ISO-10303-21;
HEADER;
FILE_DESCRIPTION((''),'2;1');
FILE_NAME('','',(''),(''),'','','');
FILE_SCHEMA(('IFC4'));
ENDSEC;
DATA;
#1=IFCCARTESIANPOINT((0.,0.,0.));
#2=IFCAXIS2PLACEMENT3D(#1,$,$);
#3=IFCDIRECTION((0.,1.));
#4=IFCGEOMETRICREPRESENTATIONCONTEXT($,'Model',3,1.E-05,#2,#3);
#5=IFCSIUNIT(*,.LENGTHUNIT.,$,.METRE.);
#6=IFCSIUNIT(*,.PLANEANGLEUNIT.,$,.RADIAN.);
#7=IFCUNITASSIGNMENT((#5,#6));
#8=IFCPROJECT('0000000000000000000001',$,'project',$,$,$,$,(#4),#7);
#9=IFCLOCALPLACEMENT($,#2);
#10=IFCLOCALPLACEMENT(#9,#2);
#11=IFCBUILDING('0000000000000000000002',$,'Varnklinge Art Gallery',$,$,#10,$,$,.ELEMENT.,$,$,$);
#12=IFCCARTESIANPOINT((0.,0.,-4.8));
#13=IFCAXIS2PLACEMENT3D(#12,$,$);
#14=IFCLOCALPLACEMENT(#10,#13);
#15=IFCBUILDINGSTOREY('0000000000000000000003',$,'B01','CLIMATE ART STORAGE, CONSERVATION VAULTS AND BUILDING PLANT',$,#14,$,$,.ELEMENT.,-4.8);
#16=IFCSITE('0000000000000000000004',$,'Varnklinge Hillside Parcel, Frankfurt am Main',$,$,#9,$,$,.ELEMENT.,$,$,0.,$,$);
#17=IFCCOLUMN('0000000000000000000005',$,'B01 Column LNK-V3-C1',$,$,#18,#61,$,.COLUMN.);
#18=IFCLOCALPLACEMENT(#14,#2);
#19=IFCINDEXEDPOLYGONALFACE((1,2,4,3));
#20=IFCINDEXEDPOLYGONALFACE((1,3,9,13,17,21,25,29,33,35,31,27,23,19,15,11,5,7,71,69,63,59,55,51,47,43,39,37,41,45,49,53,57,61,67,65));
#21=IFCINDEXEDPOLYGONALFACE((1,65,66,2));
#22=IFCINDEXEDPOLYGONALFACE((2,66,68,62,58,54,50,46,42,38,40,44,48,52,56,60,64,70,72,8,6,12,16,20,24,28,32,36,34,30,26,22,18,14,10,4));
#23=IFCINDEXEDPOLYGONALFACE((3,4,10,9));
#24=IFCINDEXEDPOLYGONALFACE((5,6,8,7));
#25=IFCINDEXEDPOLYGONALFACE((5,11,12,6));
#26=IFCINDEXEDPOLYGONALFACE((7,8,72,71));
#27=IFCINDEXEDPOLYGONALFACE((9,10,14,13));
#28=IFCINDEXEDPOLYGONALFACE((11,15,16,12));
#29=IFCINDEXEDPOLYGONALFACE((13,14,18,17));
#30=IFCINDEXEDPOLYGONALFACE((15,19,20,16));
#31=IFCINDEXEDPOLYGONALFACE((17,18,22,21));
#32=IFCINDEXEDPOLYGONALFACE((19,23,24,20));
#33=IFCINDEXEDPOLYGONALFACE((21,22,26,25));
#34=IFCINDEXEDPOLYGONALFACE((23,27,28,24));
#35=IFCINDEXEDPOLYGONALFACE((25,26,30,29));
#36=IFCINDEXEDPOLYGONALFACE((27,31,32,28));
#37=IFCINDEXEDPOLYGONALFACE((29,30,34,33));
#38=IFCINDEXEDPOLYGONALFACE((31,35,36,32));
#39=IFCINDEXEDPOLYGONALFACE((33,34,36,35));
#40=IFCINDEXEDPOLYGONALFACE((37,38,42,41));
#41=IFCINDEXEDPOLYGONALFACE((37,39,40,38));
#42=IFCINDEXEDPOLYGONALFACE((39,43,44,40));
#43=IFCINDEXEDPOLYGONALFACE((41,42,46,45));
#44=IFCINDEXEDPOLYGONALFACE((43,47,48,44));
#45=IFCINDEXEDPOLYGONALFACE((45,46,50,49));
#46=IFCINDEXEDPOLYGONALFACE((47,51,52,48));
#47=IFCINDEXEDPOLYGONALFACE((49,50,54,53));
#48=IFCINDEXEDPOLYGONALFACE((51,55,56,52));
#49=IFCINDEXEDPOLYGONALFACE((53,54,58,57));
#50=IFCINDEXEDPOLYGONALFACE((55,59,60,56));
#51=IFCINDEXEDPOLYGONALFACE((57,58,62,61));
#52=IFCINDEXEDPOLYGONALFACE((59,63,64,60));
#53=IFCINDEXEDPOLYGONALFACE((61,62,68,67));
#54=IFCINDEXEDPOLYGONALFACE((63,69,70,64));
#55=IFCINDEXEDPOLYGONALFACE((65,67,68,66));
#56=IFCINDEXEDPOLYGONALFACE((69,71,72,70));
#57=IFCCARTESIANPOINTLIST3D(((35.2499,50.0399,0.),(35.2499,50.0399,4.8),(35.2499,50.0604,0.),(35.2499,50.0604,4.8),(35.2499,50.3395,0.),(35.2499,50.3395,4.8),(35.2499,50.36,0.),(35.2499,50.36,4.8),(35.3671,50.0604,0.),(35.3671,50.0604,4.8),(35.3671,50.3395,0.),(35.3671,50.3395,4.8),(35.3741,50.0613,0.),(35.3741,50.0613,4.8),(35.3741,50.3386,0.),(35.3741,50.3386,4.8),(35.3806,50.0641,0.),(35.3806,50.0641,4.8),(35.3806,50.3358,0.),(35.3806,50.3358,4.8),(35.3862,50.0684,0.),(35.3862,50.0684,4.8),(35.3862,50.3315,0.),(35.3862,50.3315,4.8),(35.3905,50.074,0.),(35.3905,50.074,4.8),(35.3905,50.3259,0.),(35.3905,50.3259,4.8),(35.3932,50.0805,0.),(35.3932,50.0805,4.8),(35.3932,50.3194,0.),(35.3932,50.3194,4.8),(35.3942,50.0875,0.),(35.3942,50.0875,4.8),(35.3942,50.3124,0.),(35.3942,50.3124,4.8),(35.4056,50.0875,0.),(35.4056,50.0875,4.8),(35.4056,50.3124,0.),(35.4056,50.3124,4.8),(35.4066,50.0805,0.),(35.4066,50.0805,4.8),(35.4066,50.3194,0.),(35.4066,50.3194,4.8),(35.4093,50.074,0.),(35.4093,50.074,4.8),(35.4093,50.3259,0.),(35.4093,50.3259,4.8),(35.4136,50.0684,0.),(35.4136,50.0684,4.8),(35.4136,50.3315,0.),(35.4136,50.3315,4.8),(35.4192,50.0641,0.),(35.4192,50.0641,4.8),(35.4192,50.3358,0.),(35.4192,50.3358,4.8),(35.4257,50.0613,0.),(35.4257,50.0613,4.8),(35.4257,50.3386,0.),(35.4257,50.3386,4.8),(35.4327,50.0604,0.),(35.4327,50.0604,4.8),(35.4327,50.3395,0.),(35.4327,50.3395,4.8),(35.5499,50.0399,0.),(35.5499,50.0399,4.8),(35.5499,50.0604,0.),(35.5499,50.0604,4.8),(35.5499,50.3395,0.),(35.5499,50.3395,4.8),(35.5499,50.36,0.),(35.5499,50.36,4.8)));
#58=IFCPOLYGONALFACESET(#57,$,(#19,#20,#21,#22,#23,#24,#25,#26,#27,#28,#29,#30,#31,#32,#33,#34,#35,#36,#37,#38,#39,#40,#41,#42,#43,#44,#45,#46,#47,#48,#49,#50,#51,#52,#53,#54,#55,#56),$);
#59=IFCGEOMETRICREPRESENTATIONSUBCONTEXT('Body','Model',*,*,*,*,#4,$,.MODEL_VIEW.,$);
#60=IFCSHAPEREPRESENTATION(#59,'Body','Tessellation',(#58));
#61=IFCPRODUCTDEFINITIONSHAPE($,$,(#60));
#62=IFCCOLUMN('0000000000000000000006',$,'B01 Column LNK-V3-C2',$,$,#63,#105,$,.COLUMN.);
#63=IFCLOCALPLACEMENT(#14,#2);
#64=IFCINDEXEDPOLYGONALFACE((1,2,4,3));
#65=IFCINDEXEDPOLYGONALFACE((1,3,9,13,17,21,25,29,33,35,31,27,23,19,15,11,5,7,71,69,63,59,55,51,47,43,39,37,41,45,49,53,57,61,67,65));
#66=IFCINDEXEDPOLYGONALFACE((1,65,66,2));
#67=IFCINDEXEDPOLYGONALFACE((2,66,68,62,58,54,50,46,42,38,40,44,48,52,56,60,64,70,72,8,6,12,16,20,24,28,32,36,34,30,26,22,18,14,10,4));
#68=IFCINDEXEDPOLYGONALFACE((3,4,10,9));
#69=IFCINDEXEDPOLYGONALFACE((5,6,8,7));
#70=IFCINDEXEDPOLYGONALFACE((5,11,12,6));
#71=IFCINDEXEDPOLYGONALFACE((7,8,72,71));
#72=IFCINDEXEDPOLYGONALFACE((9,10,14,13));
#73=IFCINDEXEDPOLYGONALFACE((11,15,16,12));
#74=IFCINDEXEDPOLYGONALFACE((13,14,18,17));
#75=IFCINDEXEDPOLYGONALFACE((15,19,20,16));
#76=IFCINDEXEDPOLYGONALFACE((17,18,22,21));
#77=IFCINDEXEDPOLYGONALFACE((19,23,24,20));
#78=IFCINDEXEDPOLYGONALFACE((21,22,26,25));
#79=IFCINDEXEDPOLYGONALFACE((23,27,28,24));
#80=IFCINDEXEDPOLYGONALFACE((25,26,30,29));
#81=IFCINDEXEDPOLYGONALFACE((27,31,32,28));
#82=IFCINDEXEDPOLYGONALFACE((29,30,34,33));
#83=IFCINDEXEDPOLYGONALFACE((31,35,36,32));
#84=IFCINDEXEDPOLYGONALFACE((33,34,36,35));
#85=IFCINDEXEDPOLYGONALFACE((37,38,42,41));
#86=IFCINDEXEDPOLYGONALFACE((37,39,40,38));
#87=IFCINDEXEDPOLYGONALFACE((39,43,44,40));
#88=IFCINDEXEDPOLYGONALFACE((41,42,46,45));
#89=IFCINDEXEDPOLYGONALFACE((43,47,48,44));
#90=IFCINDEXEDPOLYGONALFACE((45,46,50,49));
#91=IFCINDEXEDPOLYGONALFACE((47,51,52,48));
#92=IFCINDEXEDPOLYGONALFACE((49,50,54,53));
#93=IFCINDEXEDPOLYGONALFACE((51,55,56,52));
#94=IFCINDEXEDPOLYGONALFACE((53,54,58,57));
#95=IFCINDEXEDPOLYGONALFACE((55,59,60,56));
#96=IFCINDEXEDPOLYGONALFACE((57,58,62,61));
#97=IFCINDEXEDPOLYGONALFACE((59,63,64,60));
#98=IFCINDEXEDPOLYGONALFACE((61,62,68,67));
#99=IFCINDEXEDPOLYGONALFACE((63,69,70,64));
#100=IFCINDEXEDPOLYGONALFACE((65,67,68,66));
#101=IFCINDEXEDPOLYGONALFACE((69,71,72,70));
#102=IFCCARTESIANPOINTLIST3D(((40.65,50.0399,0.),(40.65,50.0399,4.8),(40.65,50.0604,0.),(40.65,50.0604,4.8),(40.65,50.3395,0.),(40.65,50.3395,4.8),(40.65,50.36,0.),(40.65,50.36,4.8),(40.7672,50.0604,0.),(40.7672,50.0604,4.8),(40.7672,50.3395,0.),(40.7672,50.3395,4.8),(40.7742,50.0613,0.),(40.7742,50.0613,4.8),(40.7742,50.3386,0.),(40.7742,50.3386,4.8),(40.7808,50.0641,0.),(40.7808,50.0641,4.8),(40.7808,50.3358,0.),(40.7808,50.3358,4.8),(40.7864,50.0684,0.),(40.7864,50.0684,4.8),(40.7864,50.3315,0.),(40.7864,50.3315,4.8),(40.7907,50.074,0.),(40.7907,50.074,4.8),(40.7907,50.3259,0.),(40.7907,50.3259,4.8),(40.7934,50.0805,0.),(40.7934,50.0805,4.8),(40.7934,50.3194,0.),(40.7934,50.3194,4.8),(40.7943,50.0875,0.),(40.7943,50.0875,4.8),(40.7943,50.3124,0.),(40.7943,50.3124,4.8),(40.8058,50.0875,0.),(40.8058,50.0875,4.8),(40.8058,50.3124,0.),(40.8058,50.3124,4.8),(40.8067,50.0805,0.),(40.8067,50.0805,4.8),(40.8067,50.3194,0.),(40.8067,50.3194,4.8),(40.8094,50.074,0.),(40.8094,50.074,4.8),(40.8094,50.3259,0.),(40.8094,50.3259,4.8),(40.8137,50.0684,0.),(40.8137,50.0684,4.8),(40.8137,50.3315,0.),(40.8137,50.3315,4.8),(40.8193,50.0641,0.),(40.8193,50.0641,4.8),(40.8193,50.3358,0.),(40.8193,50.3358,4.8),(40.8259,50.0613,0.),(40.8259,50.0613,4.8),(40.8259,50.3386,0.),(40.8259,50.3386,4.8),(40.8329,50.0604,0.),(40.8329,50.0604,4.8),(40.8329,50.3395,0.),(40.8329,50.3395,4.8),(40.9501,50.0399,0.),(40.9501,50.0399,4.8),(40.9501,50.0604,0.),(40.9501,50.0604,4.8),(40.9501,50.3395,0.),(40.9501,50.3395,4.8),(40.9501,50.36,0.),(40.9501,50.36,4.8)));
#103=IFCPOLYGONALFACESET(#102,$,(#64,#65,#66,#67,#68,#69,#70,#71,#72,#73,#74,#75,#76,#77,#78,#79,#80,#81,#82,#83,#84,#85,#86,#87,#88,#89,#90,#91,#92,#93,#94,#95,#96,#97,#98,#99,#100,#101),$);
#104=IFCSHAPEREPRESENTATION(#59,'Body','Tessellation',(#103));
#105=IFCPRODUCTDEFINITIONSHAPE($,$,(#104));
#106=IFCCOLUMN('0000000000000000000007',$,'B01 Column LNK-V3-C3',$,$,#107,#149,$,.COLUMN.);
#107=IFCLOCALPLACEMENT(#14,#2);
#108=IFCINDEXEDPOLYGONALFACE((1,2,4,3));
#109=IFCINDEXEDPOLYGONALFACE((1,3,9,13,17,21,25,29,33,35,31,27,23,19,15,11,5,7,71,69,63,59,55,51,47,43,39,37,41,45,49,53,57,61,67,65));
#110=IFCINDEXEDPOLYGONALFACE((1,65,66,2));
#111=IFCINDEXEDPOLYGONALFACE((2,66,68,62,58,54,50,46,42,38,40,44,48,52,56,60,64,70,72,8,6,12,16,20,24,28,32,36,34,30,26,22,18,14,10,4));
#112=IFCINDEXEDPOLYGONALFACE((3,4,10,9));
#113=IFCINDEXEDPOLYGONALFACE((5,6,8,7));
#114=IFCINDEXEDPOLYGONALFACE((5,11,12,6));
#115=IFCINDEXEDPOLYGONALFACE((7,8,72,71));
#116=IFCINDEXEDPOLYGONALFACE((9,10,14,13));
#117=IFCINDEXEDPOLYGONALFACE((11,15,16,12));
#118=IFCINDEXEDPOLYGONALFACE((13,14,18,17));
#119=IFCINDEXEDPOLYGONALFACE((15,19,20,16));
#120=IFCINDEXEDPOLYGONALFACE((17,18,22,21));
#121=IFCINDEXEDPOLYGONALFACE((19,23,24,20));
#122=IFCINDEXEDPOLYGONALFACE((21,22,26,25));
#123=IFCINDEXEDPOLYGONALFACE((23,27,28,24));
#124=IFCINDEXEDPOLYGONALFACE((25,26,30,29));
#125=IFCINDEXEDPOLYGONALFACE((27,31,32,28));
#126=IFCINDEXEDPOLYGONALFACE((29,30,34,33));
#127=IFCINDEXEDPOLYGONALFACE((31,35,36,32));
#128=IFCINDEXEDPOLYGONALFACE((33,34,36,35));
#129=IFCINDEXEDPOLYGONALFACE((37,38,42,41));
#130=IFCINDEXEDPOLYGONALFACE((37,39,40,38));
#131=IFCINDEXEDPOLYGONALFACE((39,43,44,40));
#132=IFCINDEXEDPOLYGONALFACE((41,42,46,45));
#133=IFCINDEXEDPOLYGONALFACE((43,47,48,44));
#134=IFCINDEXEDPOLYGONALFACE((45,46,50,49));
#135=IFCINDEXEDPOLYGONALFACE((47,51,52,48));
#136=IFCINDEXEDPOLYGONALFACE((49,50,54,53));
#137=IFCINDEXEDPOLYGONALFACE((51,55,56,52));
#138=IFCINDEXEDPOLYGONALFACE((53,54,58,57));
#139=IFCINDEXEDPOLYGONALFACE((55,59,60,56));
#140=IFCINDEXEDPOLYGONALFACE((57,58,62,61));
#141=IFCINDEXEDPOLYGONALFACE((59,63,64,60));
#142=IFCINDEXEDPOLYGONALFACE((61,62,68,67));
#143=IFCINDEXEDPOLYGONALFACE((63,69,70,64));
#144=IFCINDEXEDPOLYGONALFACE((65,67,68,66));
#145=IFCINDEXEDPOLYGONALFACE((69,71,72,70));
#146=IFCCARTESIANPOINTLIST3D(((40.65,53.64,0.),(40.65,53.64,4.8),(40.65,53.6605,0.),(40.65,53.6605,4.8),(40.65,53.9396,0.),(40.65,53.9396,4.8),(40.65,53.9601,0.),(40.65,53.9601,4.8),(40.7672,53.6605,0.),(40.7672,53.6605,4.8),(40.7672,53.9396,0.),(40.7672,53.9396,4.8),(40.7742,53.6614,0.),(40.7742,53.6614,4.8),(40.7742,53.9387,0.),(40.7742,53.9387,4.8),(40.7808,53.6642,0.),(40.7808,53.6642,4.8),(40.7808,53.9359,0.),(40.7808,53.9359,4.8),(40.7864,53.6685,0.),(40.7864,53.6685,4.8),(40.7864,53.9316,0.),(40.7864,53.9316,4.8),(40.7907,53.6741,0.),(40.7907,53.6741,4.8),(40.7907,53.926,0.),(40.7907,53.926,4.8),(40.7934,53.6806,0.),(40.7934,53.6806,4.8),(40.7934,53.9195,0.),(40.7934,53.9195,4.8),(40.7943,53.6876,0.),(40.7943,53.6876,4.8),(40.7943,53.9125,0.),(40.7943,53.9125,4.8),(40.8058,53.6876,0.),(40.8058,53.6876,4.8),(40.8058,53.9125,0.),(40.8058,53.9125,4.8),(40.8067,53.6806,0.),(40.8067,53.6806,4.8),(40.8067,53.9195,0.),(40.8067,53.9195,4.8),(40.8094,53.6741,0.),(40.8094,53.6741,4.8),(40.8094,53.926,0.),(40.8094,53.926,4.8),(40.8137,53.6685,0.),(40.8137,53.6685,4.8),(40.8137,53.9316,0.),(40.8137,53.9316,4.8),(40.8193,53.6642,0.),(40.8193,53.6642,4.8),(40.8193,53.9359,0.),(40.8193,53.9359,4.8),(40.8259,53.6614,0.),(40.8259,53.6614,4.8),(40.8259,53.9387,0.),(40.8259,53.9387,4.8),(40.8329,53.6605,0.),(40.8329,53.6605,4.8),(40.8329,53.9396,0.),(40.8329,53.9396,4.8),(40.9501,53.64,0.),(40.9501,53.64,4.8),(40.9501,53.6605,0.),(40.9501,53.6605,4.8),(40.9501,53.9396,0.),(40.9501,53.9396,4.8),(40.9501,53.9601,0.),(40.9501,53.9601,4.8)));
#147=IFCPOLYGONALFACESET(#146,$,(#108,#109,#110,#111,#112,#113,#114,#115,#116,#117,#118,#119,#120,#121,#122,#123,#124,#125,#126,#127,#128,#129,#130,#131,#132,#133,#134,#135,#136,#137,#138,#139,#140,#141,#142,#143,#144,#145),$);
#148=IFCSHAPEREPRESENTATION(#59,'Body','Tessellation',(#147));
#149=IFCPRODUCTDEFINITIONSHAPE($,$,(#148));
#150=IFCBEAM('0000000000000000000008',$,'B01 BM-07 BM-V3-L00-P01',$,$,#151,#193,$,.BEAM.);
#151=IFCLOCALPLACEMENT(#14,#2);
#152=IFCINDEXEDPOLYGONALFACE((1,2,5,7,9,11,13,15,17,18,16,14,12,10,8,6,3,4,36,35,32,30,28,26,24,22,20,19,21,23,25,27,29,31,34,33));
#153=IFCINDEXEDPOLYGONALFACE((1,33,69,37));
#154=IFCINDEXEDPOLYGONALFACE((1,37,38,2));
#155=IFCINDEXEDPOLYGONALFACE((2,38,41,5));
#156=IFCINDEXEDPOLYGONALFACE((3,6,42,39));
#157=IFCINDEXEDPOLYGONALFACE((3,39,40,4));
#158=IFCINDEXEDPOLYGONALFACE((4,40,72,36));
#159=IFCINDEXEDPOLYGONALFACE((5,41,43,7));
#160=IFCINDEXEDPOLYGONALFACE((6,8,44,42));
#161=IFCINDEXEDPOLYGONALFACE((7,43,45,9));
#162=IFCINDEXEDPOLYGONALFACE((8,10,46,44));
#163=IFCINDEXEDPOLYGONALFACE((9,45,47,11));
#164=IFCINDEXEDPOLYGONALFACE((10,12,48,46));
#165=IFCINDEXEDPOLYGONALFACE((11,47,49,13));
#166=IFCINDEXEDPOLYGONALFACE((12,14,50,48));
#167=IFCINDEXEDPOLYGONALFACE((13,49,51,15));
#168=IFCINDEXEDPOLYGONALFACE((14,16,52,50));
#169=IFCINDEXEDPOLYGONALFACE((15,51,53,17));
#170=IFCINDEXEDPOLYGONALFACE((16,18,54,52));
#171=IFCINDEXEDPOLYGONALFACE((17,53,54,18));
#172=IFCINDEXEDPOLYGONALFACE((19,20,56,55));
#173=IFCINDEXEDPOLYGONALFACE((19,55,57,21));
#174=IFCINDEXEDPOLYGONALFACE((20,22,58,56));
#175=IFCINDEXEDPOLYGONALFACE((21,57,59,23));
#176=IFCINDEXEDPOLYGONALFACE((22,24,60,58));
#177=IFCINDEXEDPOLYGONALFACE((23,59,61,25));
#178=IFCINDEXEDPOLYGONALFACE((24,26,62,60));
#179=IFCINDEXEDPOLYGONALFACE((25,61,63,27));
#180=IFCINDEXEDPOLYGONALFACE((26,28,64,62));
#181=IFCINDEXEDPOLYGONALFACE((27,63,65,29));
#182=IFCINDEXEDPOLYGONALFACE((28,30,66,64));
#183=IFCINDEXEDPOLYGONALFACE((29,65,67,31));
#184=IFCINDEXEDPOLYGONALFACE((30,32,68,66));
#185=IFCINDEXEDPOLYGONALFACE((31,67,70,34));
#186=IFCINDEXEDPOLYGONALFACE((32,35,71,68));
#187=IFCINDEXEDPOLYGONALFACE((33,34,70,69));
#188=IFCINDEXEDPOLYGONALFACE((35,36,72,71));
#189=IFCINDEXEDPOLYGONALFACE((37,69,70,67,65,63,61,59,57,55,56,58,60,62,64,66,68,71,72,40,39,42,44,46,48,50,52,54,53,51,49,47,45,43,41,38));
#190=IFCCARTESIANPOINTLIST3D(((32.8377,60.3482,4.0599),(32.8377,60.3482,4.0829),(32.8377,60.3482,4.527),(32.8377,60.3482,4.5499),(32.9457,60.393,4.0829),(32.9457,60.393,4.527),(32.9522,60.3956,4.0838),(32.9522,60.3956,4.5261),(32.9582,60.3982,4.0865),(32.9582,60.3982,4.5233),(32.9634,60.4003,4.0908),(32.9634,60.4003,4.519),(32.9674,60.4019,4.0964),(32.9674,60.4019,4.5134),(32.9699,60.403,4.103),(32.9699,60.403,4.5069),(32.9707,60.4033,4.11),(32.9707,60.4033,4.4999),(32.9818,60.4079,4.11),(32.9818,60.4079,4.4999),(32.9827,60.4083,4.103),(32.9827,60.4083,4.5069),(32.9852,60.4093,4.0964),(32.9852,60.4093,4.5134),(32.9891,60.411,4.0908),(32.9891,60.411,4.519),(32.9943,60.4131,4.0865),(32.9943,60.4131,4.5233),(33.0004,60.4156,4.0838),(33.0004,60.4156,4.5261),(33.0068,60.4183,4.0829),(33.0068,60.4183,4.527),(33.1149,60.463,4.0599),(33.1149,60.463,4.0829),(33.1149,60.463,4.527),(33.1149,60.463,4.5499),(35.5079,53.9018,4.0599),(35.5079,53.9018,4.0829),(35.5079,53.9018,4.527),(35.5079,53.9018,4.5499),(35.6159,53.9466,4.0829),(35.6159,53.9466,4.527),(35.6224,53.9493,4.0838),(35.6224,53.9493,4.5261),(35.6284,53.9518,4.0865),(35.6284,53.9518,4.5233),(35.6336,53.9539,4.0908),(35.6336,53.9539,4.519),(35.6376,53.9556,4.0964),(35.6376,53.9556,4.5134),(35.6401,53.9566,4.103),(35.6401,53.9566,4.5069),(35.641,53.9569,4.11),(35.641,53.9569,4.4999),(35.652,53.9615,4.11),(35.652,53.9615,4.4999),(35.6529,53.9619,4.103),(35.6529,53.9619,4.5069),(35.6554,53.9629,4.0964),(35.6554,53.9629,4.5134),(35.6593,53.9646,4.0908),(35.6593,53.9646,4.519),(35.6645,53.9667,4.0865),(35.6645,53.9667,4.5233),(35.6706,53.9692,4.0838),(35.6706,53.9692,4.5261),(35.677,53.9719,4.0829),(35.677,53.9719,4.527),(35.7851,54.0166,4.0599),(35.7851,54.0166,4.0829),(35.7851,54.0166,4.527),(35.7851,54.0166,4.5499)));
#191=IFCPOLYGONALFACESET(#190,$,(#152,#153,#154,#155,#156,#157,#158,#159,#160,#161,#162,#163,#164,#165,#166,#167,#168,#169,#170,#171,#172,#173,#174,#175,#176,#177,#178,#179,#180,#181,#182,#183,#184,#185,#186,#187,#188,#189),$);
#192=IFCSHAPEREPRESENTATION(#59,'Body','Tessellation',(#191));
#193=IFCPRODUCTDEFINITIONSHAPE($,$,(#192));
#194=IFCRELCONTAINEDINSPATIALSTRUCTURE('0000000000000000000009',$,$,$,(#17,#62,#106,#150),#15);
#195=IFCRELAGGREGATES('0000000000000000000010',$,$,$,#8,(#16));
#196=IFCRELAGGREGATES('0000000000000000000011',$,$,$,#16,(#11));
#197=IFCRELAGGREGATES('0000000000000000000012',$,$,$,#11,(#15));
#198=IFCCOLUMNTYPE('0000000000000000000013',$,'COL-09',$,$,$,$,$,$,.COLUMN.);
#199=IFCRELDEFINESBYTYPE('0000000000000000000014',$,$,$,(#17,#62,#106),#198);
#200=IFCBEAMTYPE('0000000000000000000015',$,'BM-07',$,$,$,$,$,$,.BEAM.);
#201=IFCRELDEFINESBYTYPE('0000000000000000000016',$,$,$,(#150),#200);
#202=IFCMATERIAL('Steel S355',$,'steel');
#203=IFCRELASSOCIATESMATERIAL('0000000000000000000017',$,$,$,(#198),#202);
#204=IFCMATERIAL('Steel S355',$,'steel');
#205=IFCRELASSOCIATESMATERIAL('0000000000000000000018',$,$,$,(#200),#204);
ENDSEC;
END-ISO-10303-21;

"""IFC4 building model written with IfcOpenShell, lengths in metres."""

from ifc_helpers import new_model, si_unit, direction, frame, origin, origin_2d, place, context, subcontext, project, spatial, i_section, extrude, material, material_profile, profile_set, type_object, element, save


model = new_model("IFC4")

# Units and contexts
model_context = context("Model", 3, precision=1e-05, world=origin(), true_north=direction((0.0, 1.0)))
body_context = subcontext(model_context, "Body", "Model", "MODEL_VIEW")
ifc_project = project(units=[si_unit("LENGTHUNIT", "METRE"), si_unit("PLANEANGLEUNIT", "RADIAN")], contexts=[model_context])

# Site, building, storey
site_placement = place(None, origin())
site = spatial("IfcSite", under=ifc_project, at=site_placement, Name="Varnklinge Hillside Parcel, Frankfurt am Main", CompositionType="ELEMENT", RefElevation=0.0)
building_placement = place(site_placement, origin())
building = spatial("IfcBuilding", under=site, at=building_placement, Name="Varnklinge Art Gallery", CompositionType="ELEMENT")
storey_placement = place(building_placement, frame((0.0, 0.0, -4.8)))
storey = spatial("IfcBuildingStorey", under=building, at=storey_placement, Name="B01", Description="CLIMATE ART STORAGE, CONSERVATION VAULTS AND BUILDING PLANT", CompositionType="ELEMENT", Elevation=-4.8)

# Columns
ifc_material_1 = material(Name="Steel S355", Category="steel")
ifc_material_profile_1 = material_profile(ifc_material_1, i_section(OverallWidth=0.3, OverallDepth=0.3201, WebThickness=0.0115, FlangeThickness=0.0205, FilletRadius=0.0271, at=origin_2d()), Name="HEB 320")
ifc_profile_set_1 = profile_set([ifc_material_profile_1], Name="Steel S355")
column_type_1 = type_object("IfcColumnType", Name="COL-09", PredefinedType="COLUMN", material=ifc_profile_set_1)
for number, where, z_axis, x_axis, name in (
    (1, (35.3999, 50.2, 0.0), (0.0, 0.0, 1.0), (1.0, 0.0, 0.0), "B01 Column LNK-V3-C1"),
    (2, (40.8, 50.2, 0.0), (0.0, 0.0, 1.0), (1.0, 0.0, 0.0), "B01 Column LNK-V3-C2"),
    (3, (40.8, 53.8, 0.0), (0.0, 0.0, 1.0), (1.0, 0.0, 0.0), "B01 Column LNK-V3-C3"),
):
    element("IfcColumn", number, at=place(storey_placement, frame(where, z_axis=z_axis, x_axis=x_axis)), inside=storey, type_object=column_type_1, Name=name, PredefinedType="COLUMN", context=body_context, shape_type="SweptSolid", body=[
        extrude(i_section(OverallWidth=0.3, OverallDepth=0.3201, WebThickness=0.0115, FlangeThickness=0.0205, FilletRadius=0.0271, at=origin_2d()), origin(), (0.0, 0.0, 1.0), 4.8),
    ])

# Beam
ifc_material_2 = material(Name="Steel S355", Category="steel")
ifc_material_profile_2 = material_profile(ifc_material_2, i_section(OverallWidth=0.3, OverallDepth=0.49, WebThickness=0.012, FlangeThickness=0.0229, FilletRadius=0.0271, at=origin_2d()), Name="HEA 500")
ifc_profile_set_2 = profile_set([ifc_material_profile_2], Name="Steel S355")
beam_type_1 = type_object("IfcBeamType", Name="BM-07", PredefinedType="BEAM", material=ifc_profile_set_2)
beam_1_placement = place(storey_placement, frame((35.6465, 53.9592, 4.3049), z_axis=(-0.382687, 0.923878, 0.0), x_axis=(-0.923878, -0.382687, 0.0)))
element("IfcBeam", 4, at=beam_1_placement, inside=storey, type_object=beam_type_1, Name="B01 BM-07 BM-V3-L00-P01", PredefinedType="BEAM", context=body_context, shape_type="SweptSolid", body=[
    extrude(i_section(OverallWidth=0.3, OverallDepth=0.49, WebThickness=0.012, FlangeThickness=0.0229, FilletRadius=0.0271, at=origin_2d()), origin(), (0.0, 0.0, 1.0), 6.9775),
])

save(model, "model.ifc")
